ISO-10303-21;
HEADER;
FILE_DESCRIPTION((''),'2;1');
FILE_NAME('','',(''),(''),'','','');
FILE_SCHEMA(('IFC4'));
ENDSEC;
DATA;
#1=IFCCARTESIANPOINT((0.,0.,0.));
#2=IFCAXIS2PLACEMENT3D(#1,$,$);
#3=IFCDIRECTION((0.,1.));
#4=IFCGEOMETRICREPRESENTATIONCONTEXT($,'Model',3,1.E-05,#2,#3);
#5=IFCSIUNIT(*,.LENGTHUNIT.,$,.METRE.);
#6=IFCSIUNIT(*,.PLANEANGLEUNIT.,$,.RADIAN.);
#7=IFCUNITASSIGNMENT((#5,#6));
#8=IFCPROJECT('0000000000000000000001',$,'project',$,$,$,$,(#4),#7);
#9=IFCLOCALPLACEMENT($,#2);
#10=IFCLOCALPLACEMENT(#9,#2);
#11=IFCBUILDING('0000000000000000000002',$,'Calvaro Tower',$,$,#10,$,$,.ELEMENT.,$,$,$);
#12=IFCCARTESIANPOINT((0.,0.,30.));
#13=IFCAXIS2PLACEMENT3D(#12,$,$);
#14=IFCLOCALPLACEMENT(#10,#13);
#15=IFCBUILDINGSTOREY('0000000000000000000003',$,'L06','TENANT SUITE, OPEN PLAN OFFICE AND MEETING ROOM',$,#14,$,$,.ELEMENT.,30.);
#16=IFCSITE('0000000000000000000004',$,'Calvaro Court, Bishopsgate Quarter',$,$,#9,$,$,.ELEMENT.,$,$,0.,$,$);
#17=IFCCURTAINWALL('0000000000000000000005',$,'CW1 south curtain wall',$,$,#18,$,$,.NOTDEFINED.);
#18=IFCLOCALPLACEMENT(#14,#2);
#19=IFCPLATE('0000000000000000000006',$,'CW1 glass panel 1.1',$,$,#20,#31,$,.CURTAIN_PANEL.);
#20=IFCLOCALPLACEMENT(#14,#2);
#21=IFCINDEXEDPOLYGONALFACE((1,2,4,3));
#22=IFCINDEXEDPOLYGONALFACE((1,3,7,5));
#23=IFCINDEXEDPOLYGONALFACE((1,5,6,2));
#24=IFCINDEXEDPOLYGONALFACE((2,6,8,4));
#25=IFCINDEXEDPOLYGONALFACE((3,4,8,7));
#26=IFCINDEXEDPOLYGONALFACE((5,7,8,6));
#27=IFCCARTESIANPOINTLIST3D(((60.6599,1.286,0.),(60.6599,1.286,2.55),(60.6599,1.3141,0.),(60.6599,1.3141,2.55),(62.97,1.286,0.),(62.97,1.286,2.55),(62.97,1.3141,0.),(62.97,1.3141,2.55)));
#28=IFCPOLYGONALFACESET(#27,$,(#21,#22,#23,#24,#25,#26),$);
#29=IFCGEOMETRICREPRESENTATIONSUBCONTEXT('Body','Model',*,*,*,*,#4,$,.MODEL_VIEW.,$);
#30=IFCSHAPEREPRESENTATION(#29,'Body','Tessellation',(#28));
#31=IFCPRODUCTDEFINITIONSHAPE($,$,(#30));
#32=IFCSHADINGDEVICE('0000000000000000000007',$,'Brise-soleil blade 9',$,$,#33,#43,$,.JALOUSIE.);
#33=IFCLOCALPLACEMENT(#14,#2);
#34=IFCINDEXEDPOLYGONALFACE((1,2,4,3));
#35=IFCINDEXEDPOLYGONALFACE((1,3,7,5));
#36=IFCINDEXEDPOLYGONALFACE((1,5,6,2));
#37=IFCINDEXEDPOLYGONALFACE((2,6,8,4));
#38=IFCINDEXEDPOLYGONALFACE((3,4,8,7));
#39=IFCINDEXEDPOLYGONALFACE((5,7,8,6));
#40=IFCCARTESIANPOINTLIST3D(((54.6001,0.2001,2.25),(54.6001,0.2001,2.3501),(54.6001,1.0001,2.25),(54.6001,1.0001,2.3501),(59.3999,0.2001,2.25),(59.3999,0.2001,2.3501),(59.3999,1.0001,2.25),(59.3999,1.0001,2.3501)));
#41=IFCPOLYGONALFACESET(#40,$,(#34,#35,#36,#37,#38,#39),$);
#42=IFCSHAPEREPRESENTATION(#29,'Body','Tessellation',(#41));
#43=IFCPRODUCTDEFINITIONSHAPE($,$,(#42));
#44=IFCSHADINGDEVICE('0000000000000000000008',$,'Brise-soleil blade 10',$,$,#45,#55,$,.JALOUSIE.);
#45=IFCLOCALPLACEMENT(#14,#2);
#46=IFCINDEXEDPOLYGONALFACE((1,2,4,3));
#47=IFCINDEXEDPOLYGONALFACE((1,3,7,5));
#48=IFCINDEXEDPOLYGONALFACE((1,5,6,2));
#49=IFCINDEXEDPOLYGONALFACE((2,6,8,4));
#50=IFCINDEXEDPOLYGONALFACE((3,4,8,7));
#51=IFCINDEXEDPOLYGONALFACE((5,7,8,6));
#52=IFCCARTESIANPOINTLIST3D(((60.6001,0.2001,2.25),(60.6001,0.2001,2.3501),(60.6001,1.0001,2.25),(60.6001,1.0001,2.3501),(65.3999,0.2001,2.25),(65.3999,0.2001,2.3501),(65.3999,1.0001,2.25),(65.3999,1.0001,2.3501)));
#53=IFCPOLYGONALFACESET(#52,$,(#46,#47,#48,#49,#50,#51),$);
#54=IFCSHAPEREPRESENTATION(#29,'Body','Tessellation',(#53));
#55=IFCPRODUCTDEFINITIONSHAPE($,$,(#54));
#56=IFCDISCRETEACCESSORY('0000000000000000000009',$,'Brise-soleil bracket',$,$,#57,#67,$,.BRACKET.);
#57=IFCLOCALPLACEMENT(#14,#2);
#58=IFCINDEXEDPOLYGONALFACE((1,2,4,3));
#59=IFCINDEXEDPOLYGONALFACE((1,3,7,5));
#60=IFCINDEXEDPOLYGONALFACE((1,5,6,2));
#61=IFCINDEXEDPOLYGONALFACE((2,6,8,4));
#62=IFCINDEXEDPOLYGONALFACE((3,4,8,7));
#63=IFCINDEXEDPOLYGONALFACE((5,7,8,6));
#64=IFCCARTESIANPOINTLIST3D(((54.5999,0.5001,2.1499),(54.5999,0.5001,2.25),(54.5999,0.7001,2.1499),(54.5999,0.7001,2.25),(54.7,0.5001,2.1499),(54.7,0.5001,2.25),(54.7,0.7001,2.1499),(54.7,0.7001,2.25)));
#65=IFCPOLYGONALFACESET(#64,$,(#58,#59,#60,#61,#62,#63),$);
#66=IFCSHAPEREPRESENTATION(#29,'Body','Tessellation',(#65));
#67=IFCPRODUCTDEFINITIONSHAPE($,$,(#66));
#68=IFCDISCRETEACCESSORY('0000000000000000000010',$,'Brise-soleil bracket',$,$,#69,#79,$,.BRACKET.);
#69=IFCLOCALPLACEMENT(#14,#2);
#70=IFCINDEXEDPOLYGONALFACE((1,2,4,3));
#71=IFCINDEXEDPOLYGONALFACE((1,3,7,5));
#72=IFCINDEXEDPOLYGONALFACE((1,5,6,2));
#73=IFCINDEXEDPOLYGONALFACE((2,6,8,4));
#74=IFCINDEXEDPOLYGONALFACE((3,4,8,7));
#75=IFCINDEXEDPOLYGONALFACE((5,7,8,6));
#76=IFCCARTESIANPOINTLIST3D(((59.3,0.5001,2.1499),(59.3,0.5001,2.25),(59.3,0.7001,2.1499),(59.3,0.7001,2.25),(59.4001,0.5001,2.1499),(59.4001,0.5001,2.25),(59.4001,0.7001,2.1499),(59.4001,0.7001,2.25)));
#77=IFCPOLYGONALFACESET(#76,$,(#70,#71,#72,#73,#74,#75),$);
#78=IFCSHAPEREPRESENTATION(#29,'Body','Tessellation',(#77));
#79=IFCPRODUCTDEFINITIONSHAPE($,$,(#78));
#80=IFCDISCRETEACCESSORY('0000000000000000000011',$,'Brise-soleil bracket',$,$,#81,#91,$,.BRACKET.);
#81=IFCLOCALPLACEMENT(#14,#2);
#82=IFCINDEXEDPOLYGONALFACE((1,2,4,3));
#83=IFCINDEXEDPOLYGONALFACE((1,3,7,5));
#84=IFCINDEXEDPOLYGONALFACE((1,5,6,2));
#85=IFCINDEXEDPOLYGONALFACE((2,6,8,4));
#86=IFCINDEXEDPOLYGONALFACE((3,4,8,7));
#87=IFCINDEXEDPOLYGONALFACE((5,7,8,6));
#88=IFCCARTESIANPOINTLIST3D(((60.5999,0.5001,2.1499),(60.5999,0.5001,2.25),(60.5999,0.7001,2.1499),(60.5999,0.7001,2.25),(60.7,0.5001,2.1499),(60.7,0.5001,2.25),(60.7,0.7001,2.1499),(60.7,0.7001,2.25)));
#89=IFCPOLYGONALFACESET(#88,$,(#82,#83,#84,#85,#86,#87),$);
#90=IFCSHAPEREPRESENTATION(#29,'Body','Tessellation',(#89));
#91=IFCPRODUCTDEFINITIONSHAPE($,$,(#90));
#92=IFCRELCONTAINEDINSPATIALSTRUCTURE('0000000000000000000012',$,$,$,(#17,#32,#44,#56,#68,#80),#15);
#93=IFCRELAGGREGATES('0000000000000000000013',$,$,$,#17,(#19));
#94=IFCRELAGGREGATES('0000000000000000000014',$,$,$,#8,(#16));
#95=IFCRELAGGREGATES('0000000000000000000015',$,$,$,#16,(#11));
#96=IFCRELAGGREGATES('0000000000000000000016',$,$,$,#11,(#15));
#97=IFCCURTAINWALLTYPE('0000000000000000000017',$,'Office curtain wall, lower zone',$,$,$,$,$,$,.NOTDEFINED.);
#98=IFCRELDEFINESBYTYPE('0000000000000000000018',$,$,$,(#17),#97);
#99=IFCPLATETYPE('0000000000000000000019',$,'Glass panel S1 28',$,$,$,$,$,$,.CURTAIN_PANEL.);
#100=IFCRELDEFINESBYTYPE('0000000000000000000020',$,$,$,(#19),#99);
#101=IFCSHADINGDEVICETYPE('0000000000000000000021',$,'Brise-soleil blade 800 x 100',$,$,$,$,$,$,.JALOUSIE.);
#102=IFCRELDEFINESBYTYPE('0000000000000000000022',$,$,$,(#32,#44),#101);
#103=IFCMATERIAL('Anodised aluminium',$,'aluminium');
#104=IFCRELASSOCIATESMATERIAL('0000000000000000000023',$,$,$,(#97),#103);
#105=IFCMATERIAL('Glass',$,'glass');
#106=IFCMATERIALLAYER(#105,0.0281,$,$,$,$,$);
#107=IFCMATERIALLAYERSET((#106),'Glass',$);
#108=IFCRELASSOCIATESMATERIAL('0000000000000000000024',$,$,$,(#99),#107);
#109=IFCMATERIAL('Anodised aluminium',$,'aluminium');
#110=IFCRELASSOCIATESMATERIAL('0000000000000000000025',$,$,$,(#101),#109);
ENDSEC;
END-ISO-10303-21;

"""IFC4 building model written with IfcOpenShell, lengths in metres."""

from ifc_helpers import new_model, si_unit, direction, frame, origin, origin_2d, place, context, subcontext, project, spatial, rectangle, extrude, material, layer, layer_set, material_profile, profile_set, type_object, element, aggregate, save


model = new_model("IFC4")

# Units and contexts
model_context = context("Model", 3, precision=1e-05, world=origin(), true_north=direction((0.0, 1.0)))
body_context = subcontext(model_context, "Body", "Model", "MODEL_VIEW")
ifc_project = project(units=[si_unit("LENGTHUNIT", "METRE"), si_unit("PLANEANGLEUNIT", "RADIAN")], contexts=[model_context])

# Site, building, storey
site_placement = place(None, origin())
site = spatial("IfcSite", under=ifc_project, at=site_placement, Name="Calvaro Court, Bishopsgate Quarter", CompositionType="ELEMENT", RefElevation=0.0)
building_placement = place(site_placement, origin())
building = spatial("IfcBuilding", under=site, at=building_placement, Name="Calvaro Tower", CompositionType="ELEMENT")
storey_placement = place(building_placement, frame((0.0, 0.0, 30.0)))
storey = spatial("IfcBuildingStorey", under=building, at=storey_placement, Name="L06", Description="TENANT SUITE, OPEN PLAN OFFICE AND MEETING ROOM", CompositionType="ELEMENT", Elevation=30.0)

# Curtain wall
ifc_material_1 = material(Name="Anodised aluminium", Category="aluminium")
curtain_wall_type = type_object("IfcCurtainWallType", Name="Office curtain wall, lower zone", PredefinedType="NOTDEFINED", material=ifc_material_1)
curtain_wall_1_placement = place(storey_placement, origin())
curtain_wall_1 = element("IfcCurtainWall", 1, at=curtain_wall_1_placement, inside=storey, type_object=curtain_wall_type, Name="CW1 south curtain wall", PredefinedType="NOTDEFINED")

# Plate
ifc_material_2 = material(Name="Glass", Category="glass")
ifc_layer = layer(ifc_material_2, 0.0281)
ifc_layer_set = layer_set([ifc_layer], Name="Glass")
plate_type = type_object("IfcPlateType", Name="Glass panel S1 28", PredefinedType="CURTAIN_PANEL", material=ifc_layer_set)
plate_1_placement = place(storey_placement, frame((61.8149, 1.3, 0.0), z_axis=(0.0, 0.0, 1.0), x_axis=(1.0, 0.0, 0.0)))
plate_1 = element("IfcPlate", 2, at=plate_1_placement, type_object=plate_type, Name="CW1 glass panel 1.1", PredefinedType="CURTAIN_PANEL", context=body_context, shape_type="SweptSolid", body=[
    extrude(rectangle(XDim=2.3101, YDim=0.0281, at=origin_2d()), origin(), (0.0, 0.0, 1.0), 2.55),
])
aggregate(curtain_wall_1, [plate_1])

# Shading devices
ifc_material_3 = material(Name="Anodised aluminium", Category="aluminium")
ifc_material_profile_1 = material_profile(ifc_material_3, rectangle(XDim=0.8, YDim=0.1001, at=origin_2d()), Name="Brise-soleil blade 800 x 100")
ifc_profile_set_1 = profile_set([ifc_material_profile_1], Name="Anodised aluminium")
shading_device_type = type_object("IfcShadingDeviceType", Name="Brise-soleil blade 800 x 100", PredefinedType="JALOUSIE", material=ifc_profile_set_1)
for number, where, z_axis, x_axis, name in (
    (3, (54.6001, 0.6001, 2.3), (1.0, 0.0, 0.0), (0.0, 1.0, 0.0), "Brise-soleil blade 9"),
    (4, (60.6001, 0.6001, 2.3), (1.0, 0.0, 0.0), (0.0, 1.0, 0.0), "Brise-soleil blade 10"),
):
    element("IfcShadingDevice", number, at=place(storey_placement, frame(where, z_axis=z_axis, x_axis=x_axis)), inside=storey, type_object=shading_device_type, Name=name, PredefinedType="JALOUSIE", context=body_context, shape_type="SweptSolid", body=[
        extrude(rectangle(XDim=0.8, YDim=0.1001, at=origin_2d()), origin(), (0.0, 0.0, 1.0), 4.7998),
    ])

# Discrete accessories
for number, where, z_axis, x_axis, name in (
    (5, (54.6499, 0.6001, 2.1499), (0.0, 0.0, 1.0), (1.0, 0.0, 0.0), "Brise-soleil bracket"),
    (6, (59.3501, 0.6001, 2.1499), (0.0, 0.0, 1.0), (1.0, 0.0, 0.0), "Brise-soleil bracket"),
    (7, (60.6499, 0.6001, 2.1499), (0.0, 0.0, 1.0), (1.0, 0.0, 0.0), "Brise-soleil bracket"),
):
    element("IfcDiscreteAccessory", number, at=place(storey_placement, frame(where, z_axis=z_axis, x_axis=x_axis)), inside=storey, Name=name, PredefinedType="BRACKET", context=body_context, shape_type="SweptSolid", body=[
        extrude(rectangle(XDim=0.1001, YDim=0.2, at=origin_2d()), origin(), (0.0, 0.0, 1.0), 0.1001),
    ])

save(model, "model.ifc")
